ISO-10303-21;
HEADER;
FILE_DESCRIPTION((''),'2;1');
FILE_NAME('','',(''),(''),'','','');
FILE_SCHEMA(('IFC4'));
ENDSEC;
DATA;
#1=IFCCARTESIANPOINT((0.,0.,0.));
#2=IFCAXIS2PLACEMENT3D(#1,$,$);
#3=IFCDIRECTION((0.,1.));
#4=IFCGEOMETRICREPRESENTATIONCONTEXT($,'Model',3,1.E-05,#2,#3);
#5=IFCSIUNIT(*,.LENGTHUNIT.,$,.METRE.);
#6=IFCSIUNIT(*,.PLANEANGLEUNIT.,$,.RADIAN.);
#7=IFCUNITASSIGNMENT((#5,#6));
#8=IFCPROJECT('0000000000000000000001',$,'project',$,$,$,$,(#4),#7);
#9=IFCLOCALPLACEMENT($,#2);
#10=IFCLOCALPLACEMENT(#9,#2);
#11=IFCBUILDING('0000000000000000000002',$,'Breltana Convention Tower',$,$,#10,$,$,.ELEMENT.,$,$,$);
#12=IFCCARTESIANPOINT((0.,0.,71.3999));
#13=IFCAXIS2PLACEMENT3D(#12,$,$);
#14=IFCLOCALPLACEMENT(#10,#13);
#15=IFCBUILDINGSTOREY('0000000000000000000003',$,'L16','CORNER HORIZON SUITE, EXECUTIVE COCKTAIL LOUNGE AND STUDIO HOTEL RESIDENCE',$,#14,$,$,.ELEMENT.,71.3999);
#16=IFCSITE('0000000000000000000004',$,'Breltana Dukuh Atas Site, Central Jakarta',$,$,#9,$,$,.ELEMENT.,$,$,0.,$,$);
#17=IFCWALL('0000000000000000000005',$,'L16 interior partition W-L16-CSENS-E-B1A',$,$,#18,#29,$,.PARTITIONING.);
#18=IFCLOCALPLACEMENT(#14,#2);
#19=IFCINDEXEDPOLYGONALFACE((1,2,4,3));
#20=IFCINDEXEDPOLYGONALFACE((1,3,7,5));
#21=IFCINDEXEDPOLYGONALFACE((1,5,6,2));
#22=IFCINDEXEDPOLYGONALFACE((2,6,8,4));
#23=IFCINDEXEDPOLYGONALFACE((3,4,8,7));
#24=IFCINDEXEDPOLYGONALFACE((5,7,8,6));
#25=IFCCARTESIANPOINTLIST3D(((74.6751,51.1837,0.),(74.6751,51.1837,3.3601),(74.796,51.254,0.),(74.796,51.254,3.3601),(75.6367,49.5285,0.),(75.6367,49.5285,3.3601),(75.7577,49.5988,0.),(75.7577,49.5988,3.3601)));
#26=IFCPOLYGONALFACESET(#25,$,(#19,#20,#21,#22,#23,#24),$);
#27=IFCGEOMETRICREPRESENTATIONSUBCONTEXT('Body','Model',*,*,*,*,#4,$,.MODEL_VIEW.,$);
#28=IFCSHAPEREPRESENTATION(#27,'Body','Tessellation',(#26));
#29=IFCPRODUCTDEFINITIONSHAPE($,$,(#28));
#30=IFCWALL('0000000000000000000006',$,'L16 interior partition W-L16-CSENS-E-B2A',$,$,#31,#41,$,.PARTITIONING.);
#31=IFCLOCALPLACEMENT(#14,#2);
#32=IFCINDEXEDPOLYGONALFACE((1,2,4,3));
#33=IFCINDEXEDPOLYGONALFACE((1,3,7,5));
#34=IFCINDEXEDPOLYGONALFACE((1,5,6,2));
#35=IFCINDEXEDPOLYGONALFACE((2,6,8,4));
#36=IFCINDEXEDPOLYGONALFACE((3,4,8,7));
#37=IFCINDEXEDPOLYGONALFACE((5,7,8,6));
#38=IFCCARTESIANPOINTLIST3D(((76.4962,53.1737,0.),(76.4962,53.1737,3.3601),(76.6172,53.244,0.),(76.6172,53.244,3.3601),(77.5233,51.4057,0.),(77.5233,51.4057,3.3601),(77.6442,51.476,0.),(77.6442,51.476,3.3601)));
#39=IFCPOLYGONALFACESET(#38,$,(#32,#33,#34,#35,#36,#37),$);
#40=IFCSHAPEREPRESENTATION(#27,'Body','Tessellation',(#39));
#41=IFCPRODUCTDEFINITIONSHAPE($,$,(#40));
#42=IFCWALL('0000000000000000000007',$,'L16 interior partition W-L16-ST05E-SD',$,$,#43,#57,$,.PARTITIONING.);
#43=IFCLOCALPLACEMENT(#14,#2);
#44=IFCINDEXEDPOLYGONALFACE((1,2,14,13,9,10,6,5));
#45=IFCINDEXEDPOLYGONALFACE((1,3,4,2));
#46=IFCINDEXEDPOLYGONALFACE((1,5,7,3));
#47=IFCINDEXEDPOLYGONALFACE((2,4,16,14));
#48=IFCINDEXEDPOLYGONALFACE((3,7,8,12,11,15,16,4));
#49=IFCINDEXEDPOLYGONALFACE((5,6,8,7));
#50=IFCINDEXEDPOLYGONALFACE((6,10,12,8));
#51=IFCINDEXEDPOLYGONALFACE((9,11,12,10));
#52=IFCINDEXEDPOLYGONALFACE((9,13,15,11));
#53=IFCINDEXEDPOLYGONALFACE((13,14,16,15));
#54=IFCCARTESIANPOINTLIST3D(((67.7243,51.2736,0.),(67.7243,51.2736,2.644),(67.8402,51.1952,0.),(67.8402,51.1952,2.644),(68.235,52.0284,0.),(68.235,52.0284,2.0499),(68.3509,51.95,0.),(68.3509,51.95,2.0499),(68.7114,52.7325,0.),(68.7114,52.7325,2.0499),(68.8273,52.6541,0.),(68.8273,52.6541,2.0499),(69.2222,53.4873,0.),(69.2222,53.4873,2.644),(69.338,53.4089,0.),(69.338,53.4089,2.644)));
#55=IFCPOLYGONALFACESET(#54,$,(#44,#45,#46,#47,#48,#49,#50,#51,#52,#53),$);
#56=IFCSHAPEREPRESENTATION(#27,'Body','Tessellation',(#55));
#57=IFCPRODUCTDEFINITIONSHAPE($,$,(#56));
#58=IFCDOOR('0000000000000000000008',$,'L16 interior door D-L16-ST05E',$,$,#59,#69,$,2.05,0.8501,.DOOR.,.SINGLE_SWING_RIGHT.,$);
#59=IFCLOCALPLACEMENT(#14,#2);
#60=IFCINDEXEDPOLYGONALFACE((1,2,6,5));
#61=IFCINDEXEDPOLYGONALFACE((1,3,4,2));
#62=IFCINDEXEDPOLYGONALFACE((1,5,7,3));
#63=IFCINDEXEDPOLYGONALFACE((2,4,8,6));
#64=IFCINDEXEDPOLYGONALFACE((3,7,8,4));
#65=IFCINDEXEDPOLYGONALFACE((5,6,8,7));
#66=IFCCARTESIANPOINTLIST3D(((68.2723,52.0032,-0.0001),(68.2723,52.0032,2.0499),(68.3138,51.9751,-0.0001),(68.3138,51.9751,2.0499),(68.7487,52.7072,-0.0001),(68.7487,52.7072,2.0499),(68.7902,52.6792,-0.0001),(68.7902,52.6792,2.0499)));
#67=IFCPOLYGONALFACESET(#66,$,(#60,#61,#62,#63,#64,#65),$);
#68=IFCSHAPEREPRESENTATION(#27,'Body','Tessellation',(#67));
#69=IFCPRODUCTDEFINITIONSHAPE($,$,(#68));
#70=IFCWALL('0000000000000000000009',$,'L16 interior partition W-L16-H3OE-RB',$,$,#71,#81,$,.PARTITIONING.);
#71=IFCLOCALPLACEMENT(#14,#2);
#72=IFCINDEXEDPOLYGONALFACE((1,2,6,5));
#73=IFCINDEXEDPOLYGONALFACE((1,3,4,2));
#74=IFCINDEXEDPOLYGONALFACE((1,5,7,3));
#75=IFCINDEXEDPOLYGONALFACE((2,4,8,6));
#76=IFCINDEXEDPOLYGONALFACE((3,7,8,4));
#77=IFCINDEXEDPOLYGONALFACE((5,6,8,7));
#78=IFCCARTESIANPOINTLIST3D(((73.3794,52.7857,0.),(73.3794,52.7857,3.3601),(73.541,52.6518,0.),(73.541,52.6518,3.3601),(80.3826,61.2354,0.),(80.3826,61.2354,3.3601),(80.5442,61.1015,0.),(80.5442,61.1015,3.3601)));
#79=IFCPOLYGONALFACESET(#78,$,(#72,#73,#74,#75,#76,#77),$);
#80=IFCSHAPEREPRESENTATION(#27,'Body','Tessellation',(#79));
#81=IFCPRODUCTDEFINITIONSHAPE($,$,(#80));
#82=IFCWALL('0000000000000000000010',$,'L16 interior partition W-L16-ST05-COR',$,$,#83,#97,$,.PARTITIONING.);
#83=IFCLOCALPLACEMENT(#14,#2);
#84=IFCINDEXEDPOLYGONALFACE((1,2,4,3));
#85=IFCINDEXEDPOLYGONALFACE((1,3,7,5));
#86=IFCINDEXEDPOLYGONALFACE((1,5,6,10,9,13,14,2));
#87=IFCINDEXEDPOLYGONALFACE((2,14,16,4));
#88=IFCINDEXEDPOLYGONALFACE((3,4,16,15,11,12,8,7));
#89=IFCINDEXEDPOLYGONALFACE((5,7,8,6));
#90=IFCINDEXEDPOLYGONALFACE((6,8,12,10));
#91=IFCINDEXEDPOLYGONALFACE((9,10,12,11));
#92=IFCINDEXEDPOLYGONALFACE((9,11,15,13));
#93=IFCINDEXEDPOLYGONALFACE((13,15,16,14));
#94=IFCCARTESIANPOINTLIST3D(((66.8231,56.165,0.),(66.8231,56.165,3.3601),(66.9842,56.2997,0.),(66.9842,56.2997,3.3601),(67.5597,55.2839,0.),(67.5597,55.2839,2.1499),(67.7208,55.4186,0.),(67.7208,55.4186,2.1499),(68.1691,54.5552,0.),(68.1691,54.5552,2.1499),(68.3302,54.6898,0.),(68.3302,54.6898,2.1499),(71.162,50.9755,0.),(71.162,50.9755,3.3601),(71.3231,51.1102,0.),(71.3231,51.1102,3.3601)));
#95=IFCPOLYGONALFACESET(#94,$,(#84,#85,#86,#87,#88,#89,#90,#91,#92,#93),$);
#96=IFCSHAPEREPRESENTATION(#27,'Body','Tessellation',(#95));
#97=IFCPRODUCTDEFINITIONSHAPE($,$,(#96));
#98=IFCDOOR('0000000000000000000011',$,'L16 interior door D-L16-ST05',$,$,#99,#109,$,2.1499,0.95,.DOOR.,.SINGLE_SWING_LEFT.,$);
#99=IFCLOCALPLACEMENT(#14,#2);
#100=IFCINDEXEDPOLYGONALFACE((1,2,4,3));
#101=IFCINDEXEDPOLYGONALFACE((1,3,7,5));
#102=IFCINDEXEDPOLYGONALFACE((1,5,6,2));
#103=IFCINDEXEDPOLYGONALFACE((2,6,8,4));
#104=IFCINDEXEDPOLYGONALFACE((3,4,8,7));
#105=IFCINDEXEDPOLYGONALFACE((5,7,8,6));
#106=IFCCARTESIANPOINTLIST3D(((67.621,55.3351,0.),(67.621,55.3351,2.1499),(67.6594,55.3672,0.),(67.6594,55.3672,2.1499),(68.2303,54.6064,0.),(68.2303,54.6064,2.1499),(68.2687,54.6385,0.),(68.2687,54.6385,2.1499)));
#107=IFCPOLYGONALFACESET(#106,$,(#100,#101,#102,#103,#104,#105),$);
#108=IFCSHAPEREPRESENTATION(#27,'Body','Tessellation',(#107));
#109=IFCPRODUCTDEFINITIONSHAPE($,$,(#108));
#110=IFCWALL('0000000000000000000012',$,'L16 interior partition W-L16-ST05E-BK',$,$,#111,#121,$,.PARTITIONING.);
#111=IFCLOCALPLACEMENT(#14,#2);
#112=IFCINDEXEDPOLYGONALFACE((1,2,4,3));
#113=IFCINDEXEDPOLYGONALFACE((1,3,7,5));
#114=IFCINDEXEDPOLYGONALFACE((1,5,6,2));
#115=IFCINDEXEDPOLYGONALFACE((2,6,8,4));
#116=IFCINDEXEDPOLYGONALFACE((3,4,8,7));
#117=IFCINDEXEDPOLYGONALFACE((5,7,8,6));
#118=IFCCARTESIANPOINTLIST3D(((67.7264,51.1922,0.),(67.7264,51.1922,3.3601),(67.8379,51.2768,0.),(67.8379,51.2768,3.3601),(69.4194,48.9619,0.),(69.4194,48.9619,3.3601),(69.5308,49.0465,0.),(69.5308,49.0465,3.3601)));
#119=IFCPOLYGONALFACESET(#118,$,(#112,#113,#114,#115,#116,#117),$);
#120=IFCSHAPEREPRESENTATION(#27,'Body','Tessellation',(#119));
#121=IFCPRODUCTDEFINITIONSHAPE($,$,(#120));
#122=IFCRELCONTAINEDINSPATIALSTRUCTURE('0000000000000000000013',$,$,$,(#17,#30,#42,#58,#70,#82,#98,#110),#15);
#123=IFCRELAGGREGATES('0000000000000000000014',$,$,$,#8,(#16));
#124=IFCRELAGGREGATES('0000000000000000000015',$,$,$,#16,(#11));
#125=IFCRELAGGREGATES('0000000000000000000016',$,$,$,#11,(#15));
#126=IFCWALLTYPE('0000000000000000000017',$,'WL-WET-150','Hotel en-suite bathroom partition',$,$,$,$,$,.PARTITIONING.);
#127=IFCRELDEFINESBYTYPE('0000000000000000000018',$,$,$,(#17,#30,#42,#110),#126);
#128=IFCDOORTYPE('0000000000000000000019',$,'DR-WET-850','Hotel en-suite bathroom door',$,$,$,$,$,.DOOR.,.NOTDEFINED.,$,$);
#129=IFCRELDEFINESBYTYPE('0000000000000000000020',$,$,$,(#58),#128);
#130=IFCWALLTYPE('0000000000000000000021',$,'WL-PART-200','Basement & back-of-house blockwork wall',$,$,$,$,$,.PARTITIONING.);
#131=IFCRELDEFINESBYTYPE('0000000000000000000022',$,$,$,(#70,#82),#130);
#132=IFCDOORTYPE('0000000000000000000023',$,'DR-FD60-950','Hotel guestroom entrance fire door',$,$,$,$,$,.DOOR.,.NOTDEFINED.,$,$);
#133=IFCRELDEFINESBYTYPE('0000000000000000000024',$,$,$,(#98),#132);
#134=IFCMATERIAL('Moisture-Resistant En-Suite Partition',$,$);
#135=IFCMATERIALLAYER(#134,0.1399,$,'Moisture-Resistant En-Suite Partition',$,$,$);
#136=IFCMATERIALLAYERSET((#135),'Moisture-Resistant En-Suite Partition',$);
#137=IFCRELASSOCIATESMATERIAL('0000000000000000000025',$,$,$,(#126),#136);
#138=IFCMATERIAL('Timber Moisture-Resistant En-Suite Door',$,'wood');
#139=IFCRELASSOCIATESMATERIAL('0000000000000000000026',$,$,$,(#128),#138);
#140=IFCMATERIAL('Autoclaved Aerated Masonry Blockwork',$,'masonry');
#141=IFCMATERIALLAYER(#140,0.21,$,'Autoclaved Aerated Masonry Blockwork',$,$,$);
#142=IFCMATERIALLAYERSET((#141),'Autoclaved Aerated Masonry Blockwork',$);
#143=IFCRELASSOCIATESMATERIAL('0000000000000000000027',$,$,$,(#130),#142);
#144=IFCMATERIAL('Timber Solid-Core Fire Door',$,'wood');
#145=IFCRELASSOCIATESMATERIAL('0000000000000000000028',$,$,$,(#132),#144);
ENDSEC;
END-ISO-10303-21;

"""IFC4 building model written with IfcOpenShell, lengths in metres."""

from ifc_helpers import new_model, si_unit, direction, frame, frame_2d, origin, place, context, subcontext, project, spatial, rectangle, extrude, source, transform, mapped, material, layer, layer_set, type_object, type_shapes, element, fill, save


model = new_model("IFC4")

# Units and contexts
model_context = context("Model", 3, precision=1e-05, world=origin(), true_north=direction((0.0, 1.0)))
body_context = subcontext(model_context, "Body", "Model", "MODEL_VIEW")
ifc_project = project(units=[si_unit("LENGTHUNIT", "METRE"), si_unit("PLANEANGLEUNIT", "RADIAN")], contexts=[model_context])

# Site, building, storey
site_placement = place(None, origin())
site = spatial("IfcSite", under=ifc_project, at=site_placement, Name="Breltana Dukuh Atas Site, Central Jakarta", CompositionType="ELEMENT", RefElevation=0.0)
building_placement = place(site_placement, origin())
building = spatial("IfcBuilding", under=site, at=building_placement, Name="Breltana Convention Tower", CompositionType="ELEMENT")
storey_placement = place(building_placement, frame((0.0, 0.0, 71.3999)))
storey = spatial("IfcBuildingStorey", under=building, at=storey_placement, Name="L16", Description="CORNER HORIZON SUITE, EXECUTIVE COCKTAIL LOUNGE AND STUDIO HOTEL RESIDENCE", CompositionType="ELEMENT", Elevation=71.3999)

# Shared definitions
ifc_material_1 = material(Name="Timber Solid-Core Fire Door", Category="wood")
ifc_material_2 = material(Name="Moisture-Resistant En-Suite Partition")
ifc_layer_1 = layer(ifc_material_2, 0.1399, Name="Moisture-Resistant En-Suite Partition")
ifc_layer_set_1 = layer_set([ifc_layer_1], Name="Moisture-Resistant En-Suite Partition")
wall_type_1 = type_object("IfcWallType", Name="WL-WET-150", Description="Hotel en-suite bathroom partition", PredefinedType="PARTITIONING", material=ifc_layer_set_1)
ifc_material_3 = material(Name="Timber Moisture-Resistant En-Suite Door", Category="wood")
door_type_1 = type_object("IfcDoorType", Name="DR-WET-850", Description="Hotel en-suite bathroom door", OperationType="NOTDEFINED", PredefinedType="DOOR", material=ifc_material_3)
shared_shape_1 = source(origin(), body_context, "Body", "SweptSolid", [
    extrude(rectangle(XDim=0.8501, YDim=2.05, at=frame_2d((0.425, 1.0249))), frame((0.0, 0.0249, 0.0), z_axis=(0.0, -1.0, 0.0), x_axis=(1.0, 0.0, 0.0)), (0.0, 0.0, 1.0), 0.05),
])
type_shapes(door_type_1, [shared_shape_1])

# Walls
shared_shape_2 = source(origin(), body_context, "Body", "SweptSolid", [
    extrude(rectangle(XDim=1.9143, YDim=0.1399, at=frame_2d((0.957, 0.0))), origin(), (0.0, 0.0, 1.0), 3.3601),
])
wall_1_placement = place(storey_placement, frame((74.7356, 51.2188, 0.0), z_axis=(0.0, 0.0, 1.0), x_axis=(0.502348, -0.864666, 0.0)))
element("IfcWall", 1, at=wall_1_placement, inside=storey, type_object=wall_type_1, Name="L16 interior partition W-L16-CSENS-E-B1A", PredefinedType="PARTITIONING", context=body_context, shape_type="MappedRepresentation", body=[
    mapped(shared_shape_2, transform((0.0, 0.0, 0.0), scale=1.0)),
])
shared_shape_3 = source(origin(), body_context, "Body", "SweptSolid", [
    extrude(rectangle(XDim=2.0447, YDim=0.1399, at=frame_2d((1.0225, 0.0))), origin(), (0.0, 0.0, 1.0), 3.3601),
])
wall_2_placement = place(storey_placement, frame((76.5566, 53.209, 0.0), z_axis=(0.0, 0.0, 1.0), x_axis=(0.502311, -0.864687, 0.0)))
element("IfcWall", 2, at=wall_2_placement, inside=storey, type_object=wall_type_1, Name="L16 interior partition W-L16-CSENS-E-B2A", PredefinedType="PARTITIONING", context=body_context, shape_type="MappedRepresentation", body=[
    mapped(shared_shape_3, transform((0.0, 0.0, 0.0), scale=1.0)),
])

# Wall, opening, door
shared_shape_4 = source(origin(), body_context, "Body", "SweptSolid", [
    extrude(rectangle(XDim=2.6729, YDim=0.1399, at=frame_2d((1.3364, 0.0))), origin(), (0.0, 0.0, 1.0), 2.644),
])
wall_3_placement = place(storey_placement, frame((67.7822, 51.2344, 0.0), z_axis=(0.0, 0.0, 1.0), x_axis=(0.5604, 0.828222, 0.0)))
wall_3 = element("IfcWall", 3, at=wall_3_placement, inside=storey, type_object=wall_type_1, Name="L16 interior partition W-L16-ST05E-SD", PredefinedType="PARTITIONING", context=body_context, shape_type="MappedRepresentation", body=[
    mapped(shared_shape_4, transform((0.0, 0.0, 0.0), scale=1.0)),
])
opening_1_placement = place(wall_3_placement, frame((0.9114, 0.0, 0.0)))
opening_1 = element("IfcOpeningElement", 4, at=opening_1_placement, cuts=wall_3, PredefinedType="OPENING", context=body_context, shape_type="SweptSolid", body=[
    extrude(rectangle(XDim=0.8501, YDim=2.05, at=frame_2d((0.425, 1.0249))), frame((0.0, 0.0801, 0.0), z_axis=(0.0, -1.0, 0.0), x_axis=(1.0, 0.0, 0.0)), (0.0, 0.0, 1.0), 0.1599),
])
door_1_placement = place(opening_1_placement, origin())
door_1 = element("IfcDoor", 5, at=door_1_placement, inside=storey, type_object=door_type_1, Name="L16 interior door D-L16-ST05E", OperationType="SINGLE_SWING_RIGHT", OverallHeight=2.05, OverallWidth=0.8501, PredefinedType="DOOR", context=body_context, shape_type="MappedRepresentation", body=[
    mapped(shared_shape_1, transform((0.0, 0.0, 0.0), scale=1.0)),
])
fill(opening_1, door_1)

# Wall
ifc_material_4 = material(Name="Autoclaved Aerated Masonry Blockwork", Category="masonry")
ifc_layer_2 = layer(ifc_material_4, 0.21, Name="Autoclaved Aerated Masonry Blockwork")
ifc_layer_set_2 = layer_set([ifc_layer_2], Name="Autoclaved Aerated Masonry Blockwork")
wall_type_2 = type_object("IfcWallType", Name="WL-PART-200", Description="Basement & back-of-house blockwork wall", PredefinedType="PARTITIONING", material=ifc_layer_set_2)
shared_shape_5 = source(origin(), body_context, "Body", "SweptSolid", [
    extrude(rectangle(XDim=10.9746, YDim=0.21, at=frame_2d((5.4873, 0.0))), origin(), (0.0, 0.0, 1.0), 3.3601),
])
wall_4_placement = place(storey_placement, frame((73.4602, 52.7188, 0.0), z_axis=(0.0, 0.0, 1.0), x_axis=(0.638125, 0.769933, 0.0)))
element("IfcWall", 6, at=wall_4_placement, inside=storey, type_object=wall_type_2, Name="L16 interior partition W-L16-H3OE-RB", PredefinedType="PARTITIONING", context=body_context, shape_type="MappedRepresentation", body=[
    mapped(shared_shape_5, transform((0.0, 0.0, 0.0), scale=1.0)),
])

# Wall, opening, door
shared_shape_6 = source(origin(), body_context, "Body", "SweptSolid", [
    extrude(rectangle(XDim=6.7644, YDim=0.21, at=frame_2d((3.3823, 0.0))), origin(), (0.0, 0.0, 1.0), 3.3601),
])
wall_5_placement = place(storey_placement, frame((66.9036, 56.2324, 0.0), z_axis=(0.0, 0.0, 1.0), x_axis=(0.641433, -0.767179, 0.0)))
wall_5 = element("IfcWall", 7, at=wall_5_placement, inside=storey, type_object=wall_type_2, Name="L16 interior partition W-L16-ST05-COR", PredefinedType="PARTITIONING", context=body_context, shape_type="MappedRepresentation", body=[
    mapped(shared_shape_6, transform((0.0, 0.0, 0.0), scale=1.0)),
])
opening_2_placement = place(wall_5_placement, frame((1.1484, 0.0, 0.0)))
opening_2 = element("IfcOpeningElement", 8, at=opening_2_placement, cuts=wall_5, PredefinedType="OPENING", context=body_context, shape_type="SweptSolid", body=[
    extrude(rectangle(XDim=0.95, YDim=2.1499, at=frame_2d((0.4751, 1.075))), frame((0.0, 0.115, 0.0), z_axis=(0.0, -1.0, 0.0), x_axis=(1.0, 0.0, 0.0)), (0.0, 0.0, 1.0), 0.23),
])
door_type_2 = type_object("IfcDoorType", Name="DR-FD60-950", Description="Hotel guestroom entrance fire door", OperationType="NOTDEFINED", PredefinedType="DOOR", material=ifc_material_1)
shared_shape_7 = source(origin(), body_context, "Body", "SweptSolid", [
    extrude(rectangle(XDim=0.95, YDim=2.1499, at=frame_2d((0.4751, 1.075))), frame((0.0, 0.0249, 0.0), z_axis=(0.0, -1.0, 0.0), x_axis=(1.0, 0.0, 0.0)), (0.0, 0.0, 1.0), 0.05),
])
type_shapes(door_type_2, [shared_shape_7])
door_2_placement = place(opening_2_placement, origin())
door_2 = element("IfcDoor", 9, at=door_2_placement, inside=storey, type_object=door_type_2, Name="L16 interior door D-L16-ST05", OperationType="SINGLE_SWING_LEFT", OverallHeight=2.1499, OverallWidth=0.95, PredefinedType="DOOR", context=body_context, shape_type="MappedRepresentation", body=[
    mapped(shared_shape_7, transform((0.0, 0.0, 0.0), scale=1.0)),
])
fill(opening_2, door_2)

# Wall
shared_shape_8 = source(origin(), body_context, "Body", "SweptSolid", [
    extrude(rectangle(XDim=2.8, YDim=0.1399, at=frame_2d((1.3999, 0.0))), origin(), (0.0, 0.0, 1.0), 3.3601),
])
wall_6_placement = place(storey_placement, frame((67.7822, 51.2344, 0.0), z_axis=(0.0, 0.0, 1.0), x_axis=(0.604608, -0.796523, 0.0)))
element("IfcWall", 10, at=wall_6_placement, inside=storey, type_object=wall_type_1, Name="L16 interior partition W-L16-ST05E-BK", PredefinedType="PARTITIONING", context=body_context, shape_type="MappedRepresentation", body=[
    mapped(shared_shape_8, transform((0.0, 0.0, 0.0), scale=1.0)),
])

save(model, "model.ifc")
